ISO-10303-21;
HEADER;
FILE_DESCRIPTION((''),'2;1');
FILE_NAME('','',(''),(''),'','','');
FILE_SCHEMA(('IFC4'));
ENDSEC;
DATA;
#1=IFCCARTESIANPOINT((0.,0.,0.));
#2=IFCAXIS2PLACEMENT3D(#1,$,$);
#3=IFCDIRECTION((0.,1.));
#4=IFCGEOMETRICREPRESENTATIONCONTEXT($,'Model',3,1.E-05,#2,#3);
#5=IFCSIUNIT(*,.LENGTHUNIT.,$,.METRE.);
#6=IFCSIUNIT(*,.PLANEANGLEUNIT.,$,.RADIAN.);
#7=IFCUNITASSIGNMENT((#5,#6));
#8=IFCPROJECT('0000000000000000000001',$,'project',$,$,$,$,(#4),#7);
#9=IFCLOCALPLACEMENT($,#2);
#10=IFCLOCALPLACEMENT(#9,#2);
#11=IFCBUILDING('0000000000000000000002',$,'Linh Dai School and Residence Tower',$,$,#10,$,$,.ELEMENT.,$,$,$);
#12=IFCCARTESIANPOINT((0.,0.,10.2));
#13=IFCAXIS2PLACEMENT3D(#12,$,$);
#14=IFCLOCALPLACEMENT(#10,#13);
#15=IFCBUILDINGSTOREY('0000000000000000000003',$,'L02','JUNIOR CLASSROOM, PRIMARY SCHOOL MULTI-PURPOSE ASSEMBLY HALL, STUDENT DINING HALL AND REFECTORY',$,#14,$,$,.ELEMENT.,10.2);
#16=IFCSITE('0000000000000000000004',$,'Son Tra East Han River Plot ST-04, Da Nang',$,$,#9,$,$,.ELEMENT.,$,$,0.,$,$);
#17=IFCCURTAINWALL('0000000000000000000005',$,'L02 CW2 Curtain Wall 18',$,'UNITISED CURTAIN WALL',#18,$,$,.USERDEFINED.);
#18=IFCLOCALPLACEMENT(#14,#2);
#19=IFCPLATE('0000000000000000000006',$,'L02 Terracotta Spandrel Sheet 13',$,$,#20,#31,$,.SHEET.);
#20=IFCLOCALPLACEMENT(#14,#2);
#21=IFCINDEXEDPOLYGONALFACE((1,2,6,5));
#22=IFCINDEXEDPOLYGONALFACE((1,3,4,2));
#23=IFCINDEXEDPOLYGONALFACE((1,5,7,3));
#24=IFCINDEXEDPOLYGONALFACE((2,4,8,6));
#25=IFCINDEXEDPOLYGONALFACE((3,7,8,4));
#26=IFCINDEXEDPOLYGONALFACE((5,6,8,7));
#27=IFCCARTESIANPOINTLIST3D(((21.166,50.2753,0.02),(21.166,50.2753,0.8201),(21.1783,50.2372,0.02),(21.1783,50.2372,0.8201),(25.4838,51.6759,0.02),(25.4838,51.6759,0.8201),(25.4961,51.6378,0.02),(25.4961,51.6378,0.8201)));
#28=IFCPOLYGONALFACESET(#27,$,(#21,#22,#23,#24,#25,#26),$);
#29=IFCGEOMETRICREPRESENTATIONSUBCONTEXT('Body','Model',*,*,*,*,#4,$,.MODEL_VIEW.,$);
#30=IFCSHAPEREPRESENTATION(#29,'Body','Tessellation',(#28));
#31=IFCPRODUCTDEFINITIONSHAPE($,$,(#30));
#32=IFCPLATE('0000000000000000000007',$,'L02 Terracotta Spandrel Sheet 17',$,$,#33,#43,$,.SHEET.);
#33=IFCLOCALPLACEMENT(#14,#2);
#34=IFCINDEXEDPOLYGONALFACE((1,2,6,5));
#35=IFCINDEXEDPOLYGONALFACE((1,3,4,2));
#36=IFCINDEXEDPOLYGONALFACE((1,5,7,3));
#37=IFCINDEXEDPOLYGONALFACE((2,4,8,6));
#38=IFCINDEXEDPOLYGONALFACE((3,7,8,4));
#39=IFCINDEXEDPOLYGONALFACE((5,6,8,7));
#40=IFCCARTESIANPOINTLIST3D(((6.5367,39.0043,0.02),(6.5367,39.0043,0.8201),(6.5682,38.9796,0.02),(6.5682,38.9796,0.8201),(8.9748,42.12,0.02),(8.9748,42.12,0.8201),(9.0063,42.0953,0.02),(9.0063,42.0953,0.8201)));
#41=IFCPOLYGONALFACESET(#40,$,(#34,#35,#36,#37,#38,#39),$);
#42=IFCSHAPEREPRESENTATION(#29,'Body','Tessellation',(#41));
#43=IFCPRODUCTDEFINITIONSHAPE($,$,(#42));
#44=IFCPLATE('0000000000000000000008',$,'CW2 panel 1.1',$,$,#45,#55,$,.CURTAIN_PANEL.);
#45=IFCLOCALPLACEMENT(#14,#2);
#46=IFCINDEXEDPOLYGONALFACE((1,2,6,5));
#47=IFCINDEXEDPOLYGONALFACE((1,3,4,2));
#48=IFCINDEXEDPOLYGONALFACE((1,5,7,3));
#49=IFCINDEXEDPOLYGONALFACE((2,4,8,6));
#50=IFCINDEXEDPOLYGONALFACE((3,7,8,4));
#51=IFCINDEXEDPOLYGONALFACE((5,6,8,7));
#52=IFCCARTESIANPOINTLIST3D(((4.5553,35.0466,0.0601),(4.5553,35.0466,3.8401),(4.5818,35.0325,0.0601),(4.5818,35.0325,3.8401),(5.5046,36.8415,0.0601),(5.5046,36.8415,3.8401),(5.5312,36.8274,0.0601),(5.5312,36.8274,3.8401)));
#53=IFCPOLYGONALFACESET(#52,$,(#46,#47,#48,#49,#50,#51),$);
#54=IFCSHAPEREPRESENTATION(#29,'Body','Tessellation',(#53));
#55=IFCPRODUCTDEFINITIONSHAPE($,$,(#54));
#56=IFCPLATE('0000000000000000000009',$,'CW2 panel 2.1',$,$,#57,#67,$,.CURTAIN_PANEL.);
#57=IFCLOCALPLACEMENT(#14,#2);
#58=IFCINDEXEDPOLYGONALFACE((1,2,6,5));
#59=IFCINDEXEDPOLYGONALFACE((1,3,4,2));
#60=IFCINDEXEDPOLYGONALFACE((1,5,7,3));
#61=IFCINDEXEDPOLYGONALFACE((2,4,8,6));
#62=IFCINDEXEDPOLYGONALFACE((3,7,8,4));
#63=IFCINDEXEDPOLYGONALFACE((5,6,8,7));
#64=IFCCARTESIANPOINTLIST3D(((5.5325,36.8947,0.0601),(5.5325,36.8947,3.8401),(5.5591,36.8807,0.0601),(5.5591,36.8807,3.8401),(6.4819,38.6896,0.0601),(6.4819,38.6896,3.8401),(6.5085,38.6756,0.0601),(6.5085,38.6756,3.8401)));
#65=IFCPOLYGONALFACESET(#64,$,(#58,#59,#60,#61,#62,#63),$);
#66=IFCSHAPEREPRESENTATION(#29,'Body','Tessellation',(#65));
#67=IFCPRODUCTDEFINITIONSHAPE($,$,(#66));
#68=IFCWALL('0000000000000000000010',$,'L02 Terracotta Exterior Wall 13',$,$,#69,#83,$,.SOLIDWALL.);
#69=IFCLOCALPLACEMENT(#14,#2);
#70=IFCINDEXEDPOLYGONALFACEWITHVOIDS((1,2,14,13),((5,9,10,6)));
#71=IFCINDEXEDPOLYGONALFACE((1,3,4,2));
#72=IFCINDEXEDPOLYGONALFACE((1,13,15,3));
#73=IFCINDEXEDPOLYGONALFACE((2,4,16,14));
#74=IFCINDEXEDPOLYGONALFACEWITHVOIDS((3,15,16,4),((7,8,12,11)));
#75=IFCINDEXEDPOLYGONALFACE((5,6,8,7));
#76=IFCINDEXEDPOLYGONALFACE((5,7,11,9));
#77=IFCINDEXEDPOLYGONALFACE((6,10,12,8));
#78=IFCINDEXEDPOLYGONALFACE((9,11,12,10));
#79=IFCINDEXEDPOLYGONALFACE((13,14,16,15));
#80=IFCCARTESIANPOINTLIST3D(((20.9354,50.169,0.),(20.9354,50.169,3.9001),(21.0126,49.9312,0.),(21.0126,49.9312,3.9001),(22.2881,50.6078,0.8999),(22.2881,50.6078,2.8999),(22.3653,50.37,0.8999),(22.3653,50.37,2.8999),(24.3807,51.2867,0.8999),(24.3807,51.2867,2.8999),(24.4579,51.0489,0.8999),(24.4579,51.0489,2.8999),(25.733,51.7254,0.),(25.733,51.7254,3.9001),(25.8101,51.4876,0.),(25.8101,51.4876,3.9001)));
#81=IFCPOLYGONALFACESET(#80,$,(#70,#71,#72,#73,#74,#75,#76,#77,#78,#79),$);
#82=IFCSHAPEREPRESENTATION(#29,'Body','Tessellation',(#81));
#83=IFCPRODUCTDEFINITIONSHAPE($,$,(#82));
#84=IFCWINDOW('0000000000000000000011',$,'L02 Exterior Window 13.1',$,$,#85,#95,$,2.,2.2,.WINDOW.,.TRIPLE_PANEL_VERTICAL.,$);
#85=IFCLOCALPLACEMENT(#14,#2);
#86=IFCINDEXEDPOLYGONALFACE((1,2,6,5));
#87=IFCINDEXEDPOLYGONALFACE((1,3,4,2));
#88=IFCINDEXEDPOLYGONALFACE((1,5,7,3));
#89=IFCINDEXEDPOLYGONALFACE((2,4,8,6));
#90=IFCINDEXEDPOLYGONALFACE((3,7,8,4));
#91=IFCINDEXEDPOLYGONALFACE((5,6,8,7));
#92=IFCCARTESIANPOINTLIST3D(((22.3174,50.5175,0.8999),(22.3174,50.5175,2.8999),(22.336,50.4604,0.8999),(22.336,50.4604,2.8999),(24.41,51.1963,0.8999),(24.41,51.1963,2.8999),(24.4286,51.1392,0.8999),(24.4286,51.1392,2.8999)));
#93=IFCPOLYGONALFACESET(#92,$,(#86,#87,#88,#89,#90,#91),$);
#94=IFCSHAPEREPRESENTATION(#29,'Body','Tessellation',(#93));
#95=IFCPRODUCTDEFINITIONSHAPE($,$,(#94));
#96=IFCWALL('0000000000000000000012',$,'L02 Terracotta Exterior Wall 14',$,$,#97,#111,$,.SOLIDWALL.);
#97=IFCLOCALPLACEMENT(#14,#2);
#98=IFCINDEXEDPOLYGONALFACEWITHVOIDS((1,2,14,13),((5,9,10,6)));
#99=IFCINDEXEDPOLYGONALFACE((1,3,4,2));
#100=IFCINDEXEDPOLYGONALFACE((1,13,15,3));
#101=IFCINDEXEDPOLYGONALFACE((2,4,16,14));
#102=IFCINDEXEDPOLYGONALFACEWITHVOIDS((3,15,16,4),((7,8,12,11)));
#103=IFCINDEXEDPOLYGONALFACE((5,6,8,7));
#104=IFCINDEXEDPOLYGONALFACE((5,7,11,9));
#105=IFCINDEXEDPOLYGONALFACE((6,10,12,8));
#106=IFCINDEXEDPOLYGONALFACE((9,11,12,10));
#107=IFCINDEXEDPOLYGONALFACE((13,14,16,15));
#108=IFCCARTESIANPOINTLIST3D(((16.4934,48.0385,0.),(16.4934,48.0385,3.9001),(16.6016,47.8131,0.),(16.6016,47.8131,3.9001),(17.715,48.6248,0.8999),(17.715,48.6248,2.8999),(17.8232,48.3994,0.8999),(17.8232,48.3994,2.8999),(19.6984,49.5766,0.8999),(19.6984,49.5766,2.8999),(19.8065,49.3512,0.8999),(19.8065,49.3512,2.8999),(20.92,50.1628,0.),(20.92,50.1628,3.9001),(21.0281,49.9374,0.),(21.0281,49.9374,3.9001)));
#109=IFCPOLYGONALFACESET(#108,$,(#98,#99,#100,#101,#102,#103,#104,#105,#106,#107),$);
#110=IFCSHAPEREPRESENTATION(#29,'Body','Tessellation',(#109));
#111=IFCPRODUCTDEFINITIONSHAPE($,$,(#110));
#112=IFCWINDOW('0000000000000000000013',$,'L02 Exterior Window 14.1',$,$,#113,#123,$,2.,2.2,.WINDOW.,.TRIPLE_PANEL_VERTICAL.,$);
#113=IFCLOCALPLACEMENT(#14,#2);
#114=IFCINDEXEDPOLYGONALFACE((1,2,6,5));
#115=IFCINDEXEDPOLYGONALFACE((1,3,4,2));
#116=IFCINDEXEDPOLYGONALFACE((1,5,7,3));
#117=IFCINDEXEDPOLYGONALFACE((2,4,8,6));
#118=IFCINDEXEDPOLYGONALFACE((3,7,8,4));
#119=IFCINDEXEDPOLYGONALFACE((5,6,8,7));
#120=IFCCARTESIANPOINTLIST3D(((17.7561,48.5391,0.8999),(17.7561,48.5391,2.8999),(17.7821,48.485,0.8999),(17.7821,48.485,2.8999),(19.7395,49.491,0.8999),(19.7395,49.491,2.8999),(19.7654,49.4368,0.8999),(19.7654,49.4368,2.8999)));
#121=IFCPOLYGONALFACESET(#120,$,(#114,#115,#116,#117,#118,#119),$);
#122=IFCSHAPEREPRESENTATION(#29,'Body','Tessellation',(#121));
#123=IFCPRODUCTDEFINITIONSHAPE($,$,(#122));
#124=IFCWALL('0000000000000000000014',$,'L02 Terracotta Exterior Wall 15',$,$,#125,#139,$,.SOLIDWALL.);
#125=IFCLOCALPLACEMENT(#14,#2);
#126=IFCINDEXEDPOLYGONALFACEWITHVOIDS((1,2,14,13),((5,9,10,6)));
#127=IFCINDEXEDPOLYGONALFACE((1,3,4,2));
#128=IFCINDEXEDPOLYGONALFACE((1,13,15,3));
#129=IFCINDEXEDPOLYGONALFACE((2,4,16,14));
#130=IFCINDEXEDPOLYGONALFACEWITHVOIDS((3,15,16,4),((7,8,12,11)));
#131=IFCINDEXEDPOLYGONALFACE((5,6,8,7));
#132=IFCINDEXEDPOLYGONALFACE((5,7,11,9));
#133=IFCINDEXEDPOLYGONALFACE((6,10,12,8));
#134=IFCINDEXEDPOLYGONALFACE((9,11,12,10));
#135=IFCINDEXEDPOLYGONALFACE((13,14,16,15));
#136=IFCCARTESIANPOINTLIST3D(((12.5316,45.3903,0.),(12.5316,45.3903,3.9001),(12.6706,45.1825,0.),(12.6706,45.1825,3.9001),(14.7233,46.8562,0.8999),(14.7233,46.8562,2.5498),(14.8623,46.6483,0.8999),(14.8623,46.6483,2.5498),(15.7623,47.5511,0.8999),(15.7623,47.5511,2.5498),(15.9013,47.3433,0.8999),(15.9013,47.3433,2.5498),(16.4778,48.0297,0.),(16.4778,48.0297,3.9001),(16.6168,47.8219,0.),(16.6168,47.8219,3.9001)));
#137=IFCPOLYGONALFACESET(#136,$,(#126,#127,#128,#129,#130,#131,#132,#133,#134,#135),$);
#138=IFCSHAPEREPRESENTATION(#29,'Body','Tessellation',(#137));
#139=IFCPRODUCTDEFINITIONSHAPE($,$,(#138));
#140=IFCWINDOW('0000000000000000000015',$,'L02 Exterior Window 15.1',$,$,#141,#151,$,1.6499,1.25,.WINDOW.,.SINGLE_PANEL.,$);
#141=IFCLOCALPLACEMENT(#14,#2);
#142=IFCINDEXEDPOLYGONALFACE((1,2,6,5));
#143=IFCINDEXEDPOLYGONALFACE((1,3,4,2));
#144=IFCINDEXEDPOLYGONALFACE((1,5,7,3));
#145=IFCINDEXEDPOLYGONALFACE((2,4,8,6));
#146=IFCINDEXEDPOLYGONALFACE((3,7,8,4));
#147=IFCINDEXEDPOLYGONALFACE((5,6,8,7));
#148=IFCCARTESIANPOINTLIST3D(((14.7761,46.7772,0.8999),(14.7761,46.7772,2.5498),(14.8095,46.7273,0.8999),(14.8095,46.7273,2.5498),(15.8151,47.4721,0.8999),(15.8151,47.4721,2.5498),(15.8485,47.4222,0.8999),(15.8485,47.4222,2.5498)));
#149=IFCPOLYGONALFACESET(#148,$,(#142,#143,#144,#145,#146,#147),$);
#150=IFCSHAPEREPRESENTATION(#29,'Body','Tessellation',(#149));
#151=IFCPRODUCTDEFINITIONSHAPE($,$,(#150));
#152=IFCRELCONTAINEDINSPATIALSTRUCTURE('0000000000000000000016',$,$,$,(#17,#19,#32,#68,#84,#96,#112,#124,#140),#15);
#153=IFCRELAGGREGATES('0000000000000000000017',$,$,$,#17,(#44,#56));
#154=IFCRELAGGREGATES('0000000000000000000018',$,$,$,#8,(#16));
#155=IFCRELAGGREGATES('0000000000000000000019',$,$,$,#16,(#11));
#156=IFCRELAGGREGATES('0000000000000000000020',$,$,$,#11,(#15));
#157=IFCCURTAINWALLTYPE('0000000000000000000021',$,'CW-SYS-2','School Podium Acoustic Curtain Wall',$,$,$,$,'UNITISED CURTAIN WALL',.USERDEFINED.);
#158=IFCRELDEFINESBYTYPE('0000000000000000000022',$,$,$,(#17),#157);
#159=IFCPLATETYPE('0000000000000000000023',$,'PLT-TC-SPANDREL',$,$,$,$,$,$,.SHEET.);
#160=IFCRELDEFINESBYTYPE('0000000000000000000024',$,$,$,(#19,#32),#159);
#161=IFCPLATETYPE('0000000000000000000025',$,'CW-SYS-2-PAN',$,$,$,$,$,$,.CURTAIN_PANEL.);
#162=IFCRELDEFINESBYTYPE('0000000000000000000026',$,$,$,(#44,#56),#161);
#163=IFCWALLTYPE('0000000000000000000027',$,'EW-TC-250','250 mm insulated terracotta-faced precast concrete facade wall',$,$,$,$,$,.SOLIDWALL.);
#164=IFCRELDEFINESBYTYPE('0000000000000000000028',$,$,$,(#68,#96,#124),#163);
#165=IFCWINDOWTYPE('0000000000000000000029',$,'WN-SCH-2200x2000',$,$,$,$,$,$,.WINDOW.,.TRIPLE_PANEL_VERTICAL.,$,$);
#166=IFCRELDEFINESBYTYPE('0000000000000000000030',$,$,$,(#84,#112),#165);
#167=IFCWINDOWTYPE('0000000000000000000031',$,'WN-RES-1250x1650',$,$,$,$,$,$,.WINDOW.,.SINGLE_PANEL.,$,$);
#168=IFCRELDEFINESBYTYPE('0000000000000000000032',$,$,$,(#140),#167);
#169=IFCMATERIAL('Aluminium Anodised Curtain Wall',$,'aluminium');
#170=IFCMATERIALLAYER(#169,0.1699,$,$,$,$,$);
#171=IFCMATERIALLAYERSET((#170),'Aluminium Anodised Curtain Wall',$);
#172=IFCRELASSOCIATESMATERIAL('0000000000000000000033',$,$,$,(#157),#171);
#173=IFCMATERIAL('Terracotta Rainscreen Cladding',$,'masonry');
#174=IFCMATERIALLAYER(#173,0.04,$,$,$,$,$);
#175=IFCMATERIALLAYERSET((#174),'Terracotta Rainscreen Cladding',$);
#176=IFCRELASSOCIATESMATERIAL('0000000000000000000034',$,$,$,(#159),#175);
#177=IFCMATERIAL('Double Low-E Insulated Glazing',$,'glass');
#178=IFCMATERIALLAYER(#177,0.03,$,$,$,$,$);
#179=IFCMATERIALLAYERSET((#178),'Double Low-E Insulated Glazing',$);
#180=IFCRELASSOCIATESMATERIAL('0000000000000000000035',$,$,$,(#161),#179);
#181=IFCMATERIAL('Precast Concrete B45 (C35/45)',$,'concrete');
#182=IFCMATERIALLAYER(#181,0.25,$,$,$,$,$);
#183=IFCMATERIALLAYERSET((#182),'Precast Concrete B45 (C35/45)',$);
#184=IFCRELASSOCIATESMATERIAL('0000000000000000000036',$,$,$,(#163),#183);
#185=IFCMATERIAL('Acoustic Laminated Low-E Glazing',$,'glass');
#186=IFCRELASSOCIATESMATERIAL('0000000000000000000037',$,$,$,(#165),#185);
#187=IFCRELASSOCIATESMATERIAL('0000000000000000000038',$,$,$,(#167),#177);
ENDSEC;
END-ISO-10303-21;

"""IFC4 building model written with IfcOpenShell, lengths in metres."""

from ifc_helpers import new_model, si_unit, direction, frame, frame_2d, origin, origin_2d, place, context, subcontext, project, spatial, rectangle, extrude, source, transform, mapped, material, layer, layer_set, type_object, element, fill, aggregate, save


model = new_model("IFC4")

# Units and contexts
model_context = context("Model", 3, precision=1e-05, world=origin(), true_north=direction((0.0, 1.0)))
body_context = subcontext(model_context, "Body", "Model", "MODEL_VIEW")
ifc_project = project(units=[si_unit("LENGTHUNIT", "METRE"), si_unit("PLANEANGLEUNIT", "RADIAN")], contexts=[model_context])

# Site, building, storey
site_placement = place(None, origin())
site = spatial("IfcSite", under=ifc_project, at=site_placement, Name="Son Tra East Han River Plot ST-04, Da Nang", CompositionType="ELEMENT", RefElevation=0.0)
building_placement = place(site_placement, origin())
building = spatial("IfcBuilding", under=site, at=building_placement, Name="Linh Dai School and Residence Tower", CompositionType="ELEMENT")
storey_placement = place(building_placement, frame((0.0, 0.0, 10.2)))
storey = spatial("IfcBuildingStorey", under=building, at=storey_placement, Name="L02", Description="JUNIOR CLASSROOM, PRIMARY SCHOOL MULTI-PURPOSE ASSEMBLY HALL, STUDENT DINING HALL AND REFECTORY", CompositionType="ELEMENT", Elevation=10.2)

# Curtain wall
ifc_material_1 = material(Name="Aluminium Anodised Curtain Wall", Category="aluminium")
ifc_layer_1 = layer(ifc_material_1, 0.1699)
ifc_layer_set_1 = layer_set([ifc_layer_1], Name="Aluminium Anodised Curtain Wall")
curtain_wall_type = type_object("IfcCurtainWallType", Name="CW-SYS-2", Description="School Podium Acoustic Curtain Wall", ElementType="UNITISED CURTAIN WALL", PredefinedType="USERDEFINED", material=ifc_layer_set_1)
curtain_wall_placement = place(storey_placement, origin())
curtain_wall = element("IfcCurtainWall", 1, at=curtain_wall_placement, inside=storey, type_object=curtain_wall_type, Name="L02 CW2 Curtain Wall 18", ObjectType="UNITISED CURTAIN WALL", PredefinedType="USERDEFINED")

# Plates
ifc_material_2 = material(Name="Terracotta Rainscreen Cladding", Category="masonry")
ifc_layer_2 = layer(ifc_material_2, 0.04)
ifc_layer_set_2 = layer_set([ifc_layer_2], Name="Terracotta Rainscreen Cladding")
plate_type_1 = type_object("IfcPlateType", Name="PLT-TC-SPANDREL", PredefinedType="SHEET", material=ifc_layer_set_2)
shared_shape_1 = source(origin(), body_context, "Body", "SweptSolid", [
    extrude(rectangle(XDim=4.5393, YDim=0.04, at=origin_2d()), origin(), (0.0, 0.0, 1.0), 0.8),
])
plate_1_placement = place(storey_placement, frame((23.3311, 50.9565, 0.02), z_axis=(0.0, 0.0, 1.0), x_axis=(0.951207, 0.308554, 0.0)))
element("IfcPlate", 2, at=plate_1_placement, inside=storey, type_object=plate_type_1, Name="L02 Terracotta Spandrel Sheet 13", PredefinedType="SHEET", context=body_context, shape_type="MappedRepresentation", body=[
    mapped(shared_shape_1, transform((0.0, 0.0, 0.0), x_axis=(1.0, 0.0, 0.0), y_axis=(0.0, 1.0, 0.0), z_axis=(0.0, 0.0, 1.0), scale=1.0)),
])
shared_shape_2 = source(origin(), body_context, "Body", "SweptSolid", [
    extrude(rectangle(XDim=3.9563, YDim=0.04, at=origin_2d()), origin(), (0.0, 0.0, 1.0), 0.8),
])
plate_2_placement = place(storey_placement, frame((7.7715, 40.5498, 0.02), z_axis=(0.0, 0.0, 1.0), x_axis=(0.61626, 0.787543, 0.0)))
element("IfcPlate", 3, at=plate_2_placement, inside=storey, type_object=plate_type_1, Name="L02 Terracotta Spandrel Sheet 17", PredefinedType="SHEET", context=body_context, shape_type="MappedRepresentation", body=[
    mapped(shared_shape_2, transform((0.0, 0.0, 0.0), x_axis=(1.0, 0.0, 0.0), y_axis=(0.0, 1.0, 0.0), z_axis=(0.0, 0.0, 1.0), scale=1.0)),
])

# Plates
ifc_material_3 = material(Name="Double Low-E Insulated Glazing", Category="glass")
ifc_layer_3 = layer(ifc_material_3, 0.03)
ifc_layer_set_3 = layer_set([ifc_layer_3], Name="Double Low-E Insulated Glazing")
plate_type_2 = type_object("IfcPlateType", Name="CW-SYS-2-PAN", PredefinedType="CURTAIN_PANEL", material=ifc_layer_set_3)
shared_shape_3 = source(origin(), body_context, "Body", "SweptSolid", [
    extrude(rectangle(XDim=2.0305, YDim=0.03, at=origin_2d()), origin(), (0.0, 0.0, 1.0), 3.78),
])
plate_3_placement = place(storey_placement, frame((5.0432, 35.937, 0.0601), z_axis=(0.0, 0.0, 1.0), x_axis=(0.467555, 0.883964, 0.0)))
plate_3 = element("IfcPlate", 4, at=plate_3_placement, type_object=plate_type_2, Name="CW2 panel 1.1", PredefinedType="CURTAIN_PANEL", context=body_context, shape_type="MappedRepresentation", body=[
    mapped(shared_shape_3, transform((0.0, 0.0, 0.0), x_axis=(1.0, 0.0, 0.0), y_axis=(0.0, 1.0, 0.0), z_axis=(0.0, 0.0, 1.0), scale=1.0)),
])
plate_4_placement = place(storey_placement, frame((6.0205, 37.7852, 0.0601), z_axis=(0.0, 0.0, 1.0), x_axis=(0.467555, 0.883964, 0.0)))
plate_4 = element("IfcPlate", 5, at=plate_4_placement, type_object=plate_type_2, Name="CW2 panel 2.1", PredefinedType="CURTAIN_PANEL", context=body_context, shape_type="MappedRepresentation", body=[
    mapped(shared_shape_3, transform((0.0, 0.0, 0.0), x_axis=(1.0, 0.0, 0.0), y_axis=(0.0, 1.0, 0.0), z_axis=(0.0, 0.0, 1.0), scale=1.0)),
])
aggregate(curtain_wall, [plate_3, plate_4])

# Walls, openings, windows
ifc_material_4 = material(Name="Precast Concrete B45 (C35/45)", Category="concrete")
ifc_layer_4 = layer(ifc_material_4, 0.25)
ifc_layer_set_4 = layer_set([ifc_layer_4], Name="Precast Concrete B45 (C35/45)")
wall_type_1 = type_object("IfcWallType", Name="EW-TC-250", Description="250 mm insulated terracotta-faced precast concrete facade wall", PredefinedType="SOLIDWALL", material=ifc_layer_set_4)
wall_1_placement = place(storey_placement, frame((20.9739, 50.05, 0.0), z_axis=(0.0, 0.0, 1.0), x_axis=(0.951199, 0.308579, 0.0)))
wall_1 = element("IfcWall", 6, at=wall_1_placement, inside=storey, type_object=wall_type_1, Name="L02 Terracotta Exterior Wall 13", PredefinedType="SOLIDWALL", context=body_context, shape_type="SweptSolid", body=[
    extrude(rectangle(XDim=5.0437, YDim=0.25, at=frame_2d((2.522, 0.0))), origin(), (0.0, 0.0, 1.0), 3.9001),
])
opening_1_placement = place(wall_1_placement, frame((1.4221, 0.0, 0.8999)))
opening_1 = element("IfcOpeningElement", 7, at=opening_1_placement, cuts=wall_1, PredefinedType="OPENING", context=body_context, shape_type="SweptSolid", body=[
    extrude(rectangle(XDim=2.2, YDim=2.0, at=origin_2d()), frame((1.1001, 0.135, 1.0), z_axis=(0.0, -1.0, 0.0), x_axis=(1.0, 0.0, 0.0)), (0.0, 0.0, 1.0), 0.27),
])
ifc_material_5 = material(Name="Acoustic Laminated Low-E Glazing", Category="glass")
window_type_1 = type_object("IfcWindowType", Name="WN-SCH-2200x2000", PartitioningType="TRIPLE_PANEL_VERTICAL", PredefinedType="WINDOW", material=ifc_material_5)
shared_shape_4 = source(origin(), body_context, "Body", "SweptSolid", [
    extrude(rectangle(XDim=2.2, YDim=2.0, at=origin_2d()), frame((1.1001, 0.03, 1.0), z_axis=(0.0, -1.0, 0.0), x_axis=(1.0, 0.0, 0.0)), (0.0, 0.0, 1.0), 0.0601),
])
window_1_placement = place(opening_1_placement, origin())
window_1 = element("IfcWindow", 8, at=window_1_placement, inside=storey, type_object=window_type_1, Name="L02 Exterior Window 13.1", OverallHeight=2.0, OverallWidth=2.2, PartitioningType="TRIPLE_PANEL_VERTICAL", PredefinedType="WINDOW", context=body_context, shape_type="MappedRepresentation", body=[
    mapped(shared_shape_4, transform((0.0, 0.0, 0.0), x_axis=(1.0, 0.0, 0.0), y_axis=(0.0, 1.0, 0.0), z_axis=(0.0, 0.0, 1.0), scale=1.0)),
])
fill(opening_1, window_1)
wall_2_placement = place(storey_placement, frame((16.5474, 47.9258, 0.0), z_axis=(0.0, 0.0, 1.0), x_axis=(0.90156, 0.432655, 0.0)))
wall_2 = element("IfcWall", 9, at=wall_2_placement, inside=storey, type_object=wall_type_1, Name="L02 Terracotta Exterior Wall 14", PredefinedType="SOLIDWALL", context=body_context, shape_type="SweptSolid", body=[
    extrude(rectangle(XDim=4.9099, YDim=0.25, at=frame_2d((2.4551, 0.0))), origin(), (0.0, 0.0, 1.0), 3.9001),
])
opening_2_placement = place(wall_2_placement, frame((1.355, 0.0, 0.8999)))
opening_2 = element("IfcOpeningElement", 10, at=opening_2_placement, cuts=wall_2, PredefinedType="OPENING", context=body_context, shape_type="SweptSolid", body=[
    extrude(rectangle(XDim=2.2, YDim=2.0, at=origin_2d()), frame((1.1001, 0.135, 1.0), z_axis=(0.0, -1.0, 0.0), x_axis=(1.0, 0.0, 0.0)), (0.0, 0.0, 1.0), 0.27),
])
window_2_placement = place(opening_2_placement, origin())
window_2 = element("IfcWindow", 11, at=window_2_placement, inside=storey, type_object=window_type_1, Name="L02 Exterior Window 14.1", OverallHeight=2.0, OverallWidth=2.2, PartitioningType="TRIPLE_PANEL_VERTICAL", PredefinedType="WINDOW", context=body_context, shape_type="MappedRepresentation", body=[
    mapped(shared_shape_4, transform((0.0, 0.0, 0.0), x_axis=(1.0, 0.0, 0.0), y_axis=(0.0, 1.0, 0.0), z_axis=(0.0, 0.0, 1.0), scale=1.0)),
])
fill(opening_2, window_2)
wall_3_placement = place(storey_placement, frame((12.6011, 45.2864, 0.0), z_axis=(0.0, 0.0, 1.0), x_axis=(0.831219, 0.555946, 0.0)))
wall_3 = element("IfcWall", 12, at=wall_3_placement, inside=storey, type_object=wall_type_1, Name="L02 Terracotta Exterior Wall 15", PredefinedType="SOLIDWALL", context=body_context, shape_type="SweptSolid", body=[
    extrude(rectangle(XDim=4.7476, YDim=0.25, at=frame_2d((2.3738, 0.0))), origin(), (0.0, 0.0, 1.0), 3.9001),
])
opening_3_placement = place(wall_3_placement, frame((2.6367, 0.0, 0.8999)))
opening_3 = element("IfcOpeningElement", 13, at=opening_3_placement, cuts=wall_3, PredefinedType="OPENING", context=body_context, shape_type="SweptSolid", body=[
    extrude(rectangle(XDim=1.25, YDim=1.6499, at=origin_2d()), frame((0.625, 0.135, 0.825), z_axis=(0.0, -1.0, 0.0), x_axis=(1.0, 0.0, 0.0)), (0.0, 0.0, 1.0), 0.27),
])
window_type_2 = type_object("IfcWindowType", Name="WN-RES-1250x1650", PartitioningType="SINGLE_PANEL", PredefinedType="WINDOW", material=ifc_material_3)
shared_shape_5 = source(origin(), body_context, "Body", "SweptSolid", [
    extrude(rectangle(XDim=1.25, YDim=1.6499, at=origin_2d()), frame((0.625, 0.03, 0.825), z_axis=(0.0, -1.0, 0.0), x_axis=(1.0, 0.0, 0.0)), (0.0, 0.0, 1.0), 0.0601),
])
window_3_placement = place(opening_3_placement, origin())
window_3 = element("IfcWindow", 14, at=window_3_placement, inside=storey, type_object=window_type_2, Name="L02 Exterior Window 15.1", OverallHeight=1.6499, OverallWidth=1.25, PartitioningType="SINGLE_PANEL", PredefinedType="WINDOW", context=body_context, shape_type="MappedRepresentation", body=[
    mapped(shared_shape_5, transform((0.0, 0.0, 0.0), x_axis=(1.0, 0.0, 0.0), y_axis=(0.0, 1.0, 0.0), z_axis=(0.0, 0.0, 1.0), scale=1.0)),
])
fill(opening_3, window_3)

save(model, "model.ifc")
